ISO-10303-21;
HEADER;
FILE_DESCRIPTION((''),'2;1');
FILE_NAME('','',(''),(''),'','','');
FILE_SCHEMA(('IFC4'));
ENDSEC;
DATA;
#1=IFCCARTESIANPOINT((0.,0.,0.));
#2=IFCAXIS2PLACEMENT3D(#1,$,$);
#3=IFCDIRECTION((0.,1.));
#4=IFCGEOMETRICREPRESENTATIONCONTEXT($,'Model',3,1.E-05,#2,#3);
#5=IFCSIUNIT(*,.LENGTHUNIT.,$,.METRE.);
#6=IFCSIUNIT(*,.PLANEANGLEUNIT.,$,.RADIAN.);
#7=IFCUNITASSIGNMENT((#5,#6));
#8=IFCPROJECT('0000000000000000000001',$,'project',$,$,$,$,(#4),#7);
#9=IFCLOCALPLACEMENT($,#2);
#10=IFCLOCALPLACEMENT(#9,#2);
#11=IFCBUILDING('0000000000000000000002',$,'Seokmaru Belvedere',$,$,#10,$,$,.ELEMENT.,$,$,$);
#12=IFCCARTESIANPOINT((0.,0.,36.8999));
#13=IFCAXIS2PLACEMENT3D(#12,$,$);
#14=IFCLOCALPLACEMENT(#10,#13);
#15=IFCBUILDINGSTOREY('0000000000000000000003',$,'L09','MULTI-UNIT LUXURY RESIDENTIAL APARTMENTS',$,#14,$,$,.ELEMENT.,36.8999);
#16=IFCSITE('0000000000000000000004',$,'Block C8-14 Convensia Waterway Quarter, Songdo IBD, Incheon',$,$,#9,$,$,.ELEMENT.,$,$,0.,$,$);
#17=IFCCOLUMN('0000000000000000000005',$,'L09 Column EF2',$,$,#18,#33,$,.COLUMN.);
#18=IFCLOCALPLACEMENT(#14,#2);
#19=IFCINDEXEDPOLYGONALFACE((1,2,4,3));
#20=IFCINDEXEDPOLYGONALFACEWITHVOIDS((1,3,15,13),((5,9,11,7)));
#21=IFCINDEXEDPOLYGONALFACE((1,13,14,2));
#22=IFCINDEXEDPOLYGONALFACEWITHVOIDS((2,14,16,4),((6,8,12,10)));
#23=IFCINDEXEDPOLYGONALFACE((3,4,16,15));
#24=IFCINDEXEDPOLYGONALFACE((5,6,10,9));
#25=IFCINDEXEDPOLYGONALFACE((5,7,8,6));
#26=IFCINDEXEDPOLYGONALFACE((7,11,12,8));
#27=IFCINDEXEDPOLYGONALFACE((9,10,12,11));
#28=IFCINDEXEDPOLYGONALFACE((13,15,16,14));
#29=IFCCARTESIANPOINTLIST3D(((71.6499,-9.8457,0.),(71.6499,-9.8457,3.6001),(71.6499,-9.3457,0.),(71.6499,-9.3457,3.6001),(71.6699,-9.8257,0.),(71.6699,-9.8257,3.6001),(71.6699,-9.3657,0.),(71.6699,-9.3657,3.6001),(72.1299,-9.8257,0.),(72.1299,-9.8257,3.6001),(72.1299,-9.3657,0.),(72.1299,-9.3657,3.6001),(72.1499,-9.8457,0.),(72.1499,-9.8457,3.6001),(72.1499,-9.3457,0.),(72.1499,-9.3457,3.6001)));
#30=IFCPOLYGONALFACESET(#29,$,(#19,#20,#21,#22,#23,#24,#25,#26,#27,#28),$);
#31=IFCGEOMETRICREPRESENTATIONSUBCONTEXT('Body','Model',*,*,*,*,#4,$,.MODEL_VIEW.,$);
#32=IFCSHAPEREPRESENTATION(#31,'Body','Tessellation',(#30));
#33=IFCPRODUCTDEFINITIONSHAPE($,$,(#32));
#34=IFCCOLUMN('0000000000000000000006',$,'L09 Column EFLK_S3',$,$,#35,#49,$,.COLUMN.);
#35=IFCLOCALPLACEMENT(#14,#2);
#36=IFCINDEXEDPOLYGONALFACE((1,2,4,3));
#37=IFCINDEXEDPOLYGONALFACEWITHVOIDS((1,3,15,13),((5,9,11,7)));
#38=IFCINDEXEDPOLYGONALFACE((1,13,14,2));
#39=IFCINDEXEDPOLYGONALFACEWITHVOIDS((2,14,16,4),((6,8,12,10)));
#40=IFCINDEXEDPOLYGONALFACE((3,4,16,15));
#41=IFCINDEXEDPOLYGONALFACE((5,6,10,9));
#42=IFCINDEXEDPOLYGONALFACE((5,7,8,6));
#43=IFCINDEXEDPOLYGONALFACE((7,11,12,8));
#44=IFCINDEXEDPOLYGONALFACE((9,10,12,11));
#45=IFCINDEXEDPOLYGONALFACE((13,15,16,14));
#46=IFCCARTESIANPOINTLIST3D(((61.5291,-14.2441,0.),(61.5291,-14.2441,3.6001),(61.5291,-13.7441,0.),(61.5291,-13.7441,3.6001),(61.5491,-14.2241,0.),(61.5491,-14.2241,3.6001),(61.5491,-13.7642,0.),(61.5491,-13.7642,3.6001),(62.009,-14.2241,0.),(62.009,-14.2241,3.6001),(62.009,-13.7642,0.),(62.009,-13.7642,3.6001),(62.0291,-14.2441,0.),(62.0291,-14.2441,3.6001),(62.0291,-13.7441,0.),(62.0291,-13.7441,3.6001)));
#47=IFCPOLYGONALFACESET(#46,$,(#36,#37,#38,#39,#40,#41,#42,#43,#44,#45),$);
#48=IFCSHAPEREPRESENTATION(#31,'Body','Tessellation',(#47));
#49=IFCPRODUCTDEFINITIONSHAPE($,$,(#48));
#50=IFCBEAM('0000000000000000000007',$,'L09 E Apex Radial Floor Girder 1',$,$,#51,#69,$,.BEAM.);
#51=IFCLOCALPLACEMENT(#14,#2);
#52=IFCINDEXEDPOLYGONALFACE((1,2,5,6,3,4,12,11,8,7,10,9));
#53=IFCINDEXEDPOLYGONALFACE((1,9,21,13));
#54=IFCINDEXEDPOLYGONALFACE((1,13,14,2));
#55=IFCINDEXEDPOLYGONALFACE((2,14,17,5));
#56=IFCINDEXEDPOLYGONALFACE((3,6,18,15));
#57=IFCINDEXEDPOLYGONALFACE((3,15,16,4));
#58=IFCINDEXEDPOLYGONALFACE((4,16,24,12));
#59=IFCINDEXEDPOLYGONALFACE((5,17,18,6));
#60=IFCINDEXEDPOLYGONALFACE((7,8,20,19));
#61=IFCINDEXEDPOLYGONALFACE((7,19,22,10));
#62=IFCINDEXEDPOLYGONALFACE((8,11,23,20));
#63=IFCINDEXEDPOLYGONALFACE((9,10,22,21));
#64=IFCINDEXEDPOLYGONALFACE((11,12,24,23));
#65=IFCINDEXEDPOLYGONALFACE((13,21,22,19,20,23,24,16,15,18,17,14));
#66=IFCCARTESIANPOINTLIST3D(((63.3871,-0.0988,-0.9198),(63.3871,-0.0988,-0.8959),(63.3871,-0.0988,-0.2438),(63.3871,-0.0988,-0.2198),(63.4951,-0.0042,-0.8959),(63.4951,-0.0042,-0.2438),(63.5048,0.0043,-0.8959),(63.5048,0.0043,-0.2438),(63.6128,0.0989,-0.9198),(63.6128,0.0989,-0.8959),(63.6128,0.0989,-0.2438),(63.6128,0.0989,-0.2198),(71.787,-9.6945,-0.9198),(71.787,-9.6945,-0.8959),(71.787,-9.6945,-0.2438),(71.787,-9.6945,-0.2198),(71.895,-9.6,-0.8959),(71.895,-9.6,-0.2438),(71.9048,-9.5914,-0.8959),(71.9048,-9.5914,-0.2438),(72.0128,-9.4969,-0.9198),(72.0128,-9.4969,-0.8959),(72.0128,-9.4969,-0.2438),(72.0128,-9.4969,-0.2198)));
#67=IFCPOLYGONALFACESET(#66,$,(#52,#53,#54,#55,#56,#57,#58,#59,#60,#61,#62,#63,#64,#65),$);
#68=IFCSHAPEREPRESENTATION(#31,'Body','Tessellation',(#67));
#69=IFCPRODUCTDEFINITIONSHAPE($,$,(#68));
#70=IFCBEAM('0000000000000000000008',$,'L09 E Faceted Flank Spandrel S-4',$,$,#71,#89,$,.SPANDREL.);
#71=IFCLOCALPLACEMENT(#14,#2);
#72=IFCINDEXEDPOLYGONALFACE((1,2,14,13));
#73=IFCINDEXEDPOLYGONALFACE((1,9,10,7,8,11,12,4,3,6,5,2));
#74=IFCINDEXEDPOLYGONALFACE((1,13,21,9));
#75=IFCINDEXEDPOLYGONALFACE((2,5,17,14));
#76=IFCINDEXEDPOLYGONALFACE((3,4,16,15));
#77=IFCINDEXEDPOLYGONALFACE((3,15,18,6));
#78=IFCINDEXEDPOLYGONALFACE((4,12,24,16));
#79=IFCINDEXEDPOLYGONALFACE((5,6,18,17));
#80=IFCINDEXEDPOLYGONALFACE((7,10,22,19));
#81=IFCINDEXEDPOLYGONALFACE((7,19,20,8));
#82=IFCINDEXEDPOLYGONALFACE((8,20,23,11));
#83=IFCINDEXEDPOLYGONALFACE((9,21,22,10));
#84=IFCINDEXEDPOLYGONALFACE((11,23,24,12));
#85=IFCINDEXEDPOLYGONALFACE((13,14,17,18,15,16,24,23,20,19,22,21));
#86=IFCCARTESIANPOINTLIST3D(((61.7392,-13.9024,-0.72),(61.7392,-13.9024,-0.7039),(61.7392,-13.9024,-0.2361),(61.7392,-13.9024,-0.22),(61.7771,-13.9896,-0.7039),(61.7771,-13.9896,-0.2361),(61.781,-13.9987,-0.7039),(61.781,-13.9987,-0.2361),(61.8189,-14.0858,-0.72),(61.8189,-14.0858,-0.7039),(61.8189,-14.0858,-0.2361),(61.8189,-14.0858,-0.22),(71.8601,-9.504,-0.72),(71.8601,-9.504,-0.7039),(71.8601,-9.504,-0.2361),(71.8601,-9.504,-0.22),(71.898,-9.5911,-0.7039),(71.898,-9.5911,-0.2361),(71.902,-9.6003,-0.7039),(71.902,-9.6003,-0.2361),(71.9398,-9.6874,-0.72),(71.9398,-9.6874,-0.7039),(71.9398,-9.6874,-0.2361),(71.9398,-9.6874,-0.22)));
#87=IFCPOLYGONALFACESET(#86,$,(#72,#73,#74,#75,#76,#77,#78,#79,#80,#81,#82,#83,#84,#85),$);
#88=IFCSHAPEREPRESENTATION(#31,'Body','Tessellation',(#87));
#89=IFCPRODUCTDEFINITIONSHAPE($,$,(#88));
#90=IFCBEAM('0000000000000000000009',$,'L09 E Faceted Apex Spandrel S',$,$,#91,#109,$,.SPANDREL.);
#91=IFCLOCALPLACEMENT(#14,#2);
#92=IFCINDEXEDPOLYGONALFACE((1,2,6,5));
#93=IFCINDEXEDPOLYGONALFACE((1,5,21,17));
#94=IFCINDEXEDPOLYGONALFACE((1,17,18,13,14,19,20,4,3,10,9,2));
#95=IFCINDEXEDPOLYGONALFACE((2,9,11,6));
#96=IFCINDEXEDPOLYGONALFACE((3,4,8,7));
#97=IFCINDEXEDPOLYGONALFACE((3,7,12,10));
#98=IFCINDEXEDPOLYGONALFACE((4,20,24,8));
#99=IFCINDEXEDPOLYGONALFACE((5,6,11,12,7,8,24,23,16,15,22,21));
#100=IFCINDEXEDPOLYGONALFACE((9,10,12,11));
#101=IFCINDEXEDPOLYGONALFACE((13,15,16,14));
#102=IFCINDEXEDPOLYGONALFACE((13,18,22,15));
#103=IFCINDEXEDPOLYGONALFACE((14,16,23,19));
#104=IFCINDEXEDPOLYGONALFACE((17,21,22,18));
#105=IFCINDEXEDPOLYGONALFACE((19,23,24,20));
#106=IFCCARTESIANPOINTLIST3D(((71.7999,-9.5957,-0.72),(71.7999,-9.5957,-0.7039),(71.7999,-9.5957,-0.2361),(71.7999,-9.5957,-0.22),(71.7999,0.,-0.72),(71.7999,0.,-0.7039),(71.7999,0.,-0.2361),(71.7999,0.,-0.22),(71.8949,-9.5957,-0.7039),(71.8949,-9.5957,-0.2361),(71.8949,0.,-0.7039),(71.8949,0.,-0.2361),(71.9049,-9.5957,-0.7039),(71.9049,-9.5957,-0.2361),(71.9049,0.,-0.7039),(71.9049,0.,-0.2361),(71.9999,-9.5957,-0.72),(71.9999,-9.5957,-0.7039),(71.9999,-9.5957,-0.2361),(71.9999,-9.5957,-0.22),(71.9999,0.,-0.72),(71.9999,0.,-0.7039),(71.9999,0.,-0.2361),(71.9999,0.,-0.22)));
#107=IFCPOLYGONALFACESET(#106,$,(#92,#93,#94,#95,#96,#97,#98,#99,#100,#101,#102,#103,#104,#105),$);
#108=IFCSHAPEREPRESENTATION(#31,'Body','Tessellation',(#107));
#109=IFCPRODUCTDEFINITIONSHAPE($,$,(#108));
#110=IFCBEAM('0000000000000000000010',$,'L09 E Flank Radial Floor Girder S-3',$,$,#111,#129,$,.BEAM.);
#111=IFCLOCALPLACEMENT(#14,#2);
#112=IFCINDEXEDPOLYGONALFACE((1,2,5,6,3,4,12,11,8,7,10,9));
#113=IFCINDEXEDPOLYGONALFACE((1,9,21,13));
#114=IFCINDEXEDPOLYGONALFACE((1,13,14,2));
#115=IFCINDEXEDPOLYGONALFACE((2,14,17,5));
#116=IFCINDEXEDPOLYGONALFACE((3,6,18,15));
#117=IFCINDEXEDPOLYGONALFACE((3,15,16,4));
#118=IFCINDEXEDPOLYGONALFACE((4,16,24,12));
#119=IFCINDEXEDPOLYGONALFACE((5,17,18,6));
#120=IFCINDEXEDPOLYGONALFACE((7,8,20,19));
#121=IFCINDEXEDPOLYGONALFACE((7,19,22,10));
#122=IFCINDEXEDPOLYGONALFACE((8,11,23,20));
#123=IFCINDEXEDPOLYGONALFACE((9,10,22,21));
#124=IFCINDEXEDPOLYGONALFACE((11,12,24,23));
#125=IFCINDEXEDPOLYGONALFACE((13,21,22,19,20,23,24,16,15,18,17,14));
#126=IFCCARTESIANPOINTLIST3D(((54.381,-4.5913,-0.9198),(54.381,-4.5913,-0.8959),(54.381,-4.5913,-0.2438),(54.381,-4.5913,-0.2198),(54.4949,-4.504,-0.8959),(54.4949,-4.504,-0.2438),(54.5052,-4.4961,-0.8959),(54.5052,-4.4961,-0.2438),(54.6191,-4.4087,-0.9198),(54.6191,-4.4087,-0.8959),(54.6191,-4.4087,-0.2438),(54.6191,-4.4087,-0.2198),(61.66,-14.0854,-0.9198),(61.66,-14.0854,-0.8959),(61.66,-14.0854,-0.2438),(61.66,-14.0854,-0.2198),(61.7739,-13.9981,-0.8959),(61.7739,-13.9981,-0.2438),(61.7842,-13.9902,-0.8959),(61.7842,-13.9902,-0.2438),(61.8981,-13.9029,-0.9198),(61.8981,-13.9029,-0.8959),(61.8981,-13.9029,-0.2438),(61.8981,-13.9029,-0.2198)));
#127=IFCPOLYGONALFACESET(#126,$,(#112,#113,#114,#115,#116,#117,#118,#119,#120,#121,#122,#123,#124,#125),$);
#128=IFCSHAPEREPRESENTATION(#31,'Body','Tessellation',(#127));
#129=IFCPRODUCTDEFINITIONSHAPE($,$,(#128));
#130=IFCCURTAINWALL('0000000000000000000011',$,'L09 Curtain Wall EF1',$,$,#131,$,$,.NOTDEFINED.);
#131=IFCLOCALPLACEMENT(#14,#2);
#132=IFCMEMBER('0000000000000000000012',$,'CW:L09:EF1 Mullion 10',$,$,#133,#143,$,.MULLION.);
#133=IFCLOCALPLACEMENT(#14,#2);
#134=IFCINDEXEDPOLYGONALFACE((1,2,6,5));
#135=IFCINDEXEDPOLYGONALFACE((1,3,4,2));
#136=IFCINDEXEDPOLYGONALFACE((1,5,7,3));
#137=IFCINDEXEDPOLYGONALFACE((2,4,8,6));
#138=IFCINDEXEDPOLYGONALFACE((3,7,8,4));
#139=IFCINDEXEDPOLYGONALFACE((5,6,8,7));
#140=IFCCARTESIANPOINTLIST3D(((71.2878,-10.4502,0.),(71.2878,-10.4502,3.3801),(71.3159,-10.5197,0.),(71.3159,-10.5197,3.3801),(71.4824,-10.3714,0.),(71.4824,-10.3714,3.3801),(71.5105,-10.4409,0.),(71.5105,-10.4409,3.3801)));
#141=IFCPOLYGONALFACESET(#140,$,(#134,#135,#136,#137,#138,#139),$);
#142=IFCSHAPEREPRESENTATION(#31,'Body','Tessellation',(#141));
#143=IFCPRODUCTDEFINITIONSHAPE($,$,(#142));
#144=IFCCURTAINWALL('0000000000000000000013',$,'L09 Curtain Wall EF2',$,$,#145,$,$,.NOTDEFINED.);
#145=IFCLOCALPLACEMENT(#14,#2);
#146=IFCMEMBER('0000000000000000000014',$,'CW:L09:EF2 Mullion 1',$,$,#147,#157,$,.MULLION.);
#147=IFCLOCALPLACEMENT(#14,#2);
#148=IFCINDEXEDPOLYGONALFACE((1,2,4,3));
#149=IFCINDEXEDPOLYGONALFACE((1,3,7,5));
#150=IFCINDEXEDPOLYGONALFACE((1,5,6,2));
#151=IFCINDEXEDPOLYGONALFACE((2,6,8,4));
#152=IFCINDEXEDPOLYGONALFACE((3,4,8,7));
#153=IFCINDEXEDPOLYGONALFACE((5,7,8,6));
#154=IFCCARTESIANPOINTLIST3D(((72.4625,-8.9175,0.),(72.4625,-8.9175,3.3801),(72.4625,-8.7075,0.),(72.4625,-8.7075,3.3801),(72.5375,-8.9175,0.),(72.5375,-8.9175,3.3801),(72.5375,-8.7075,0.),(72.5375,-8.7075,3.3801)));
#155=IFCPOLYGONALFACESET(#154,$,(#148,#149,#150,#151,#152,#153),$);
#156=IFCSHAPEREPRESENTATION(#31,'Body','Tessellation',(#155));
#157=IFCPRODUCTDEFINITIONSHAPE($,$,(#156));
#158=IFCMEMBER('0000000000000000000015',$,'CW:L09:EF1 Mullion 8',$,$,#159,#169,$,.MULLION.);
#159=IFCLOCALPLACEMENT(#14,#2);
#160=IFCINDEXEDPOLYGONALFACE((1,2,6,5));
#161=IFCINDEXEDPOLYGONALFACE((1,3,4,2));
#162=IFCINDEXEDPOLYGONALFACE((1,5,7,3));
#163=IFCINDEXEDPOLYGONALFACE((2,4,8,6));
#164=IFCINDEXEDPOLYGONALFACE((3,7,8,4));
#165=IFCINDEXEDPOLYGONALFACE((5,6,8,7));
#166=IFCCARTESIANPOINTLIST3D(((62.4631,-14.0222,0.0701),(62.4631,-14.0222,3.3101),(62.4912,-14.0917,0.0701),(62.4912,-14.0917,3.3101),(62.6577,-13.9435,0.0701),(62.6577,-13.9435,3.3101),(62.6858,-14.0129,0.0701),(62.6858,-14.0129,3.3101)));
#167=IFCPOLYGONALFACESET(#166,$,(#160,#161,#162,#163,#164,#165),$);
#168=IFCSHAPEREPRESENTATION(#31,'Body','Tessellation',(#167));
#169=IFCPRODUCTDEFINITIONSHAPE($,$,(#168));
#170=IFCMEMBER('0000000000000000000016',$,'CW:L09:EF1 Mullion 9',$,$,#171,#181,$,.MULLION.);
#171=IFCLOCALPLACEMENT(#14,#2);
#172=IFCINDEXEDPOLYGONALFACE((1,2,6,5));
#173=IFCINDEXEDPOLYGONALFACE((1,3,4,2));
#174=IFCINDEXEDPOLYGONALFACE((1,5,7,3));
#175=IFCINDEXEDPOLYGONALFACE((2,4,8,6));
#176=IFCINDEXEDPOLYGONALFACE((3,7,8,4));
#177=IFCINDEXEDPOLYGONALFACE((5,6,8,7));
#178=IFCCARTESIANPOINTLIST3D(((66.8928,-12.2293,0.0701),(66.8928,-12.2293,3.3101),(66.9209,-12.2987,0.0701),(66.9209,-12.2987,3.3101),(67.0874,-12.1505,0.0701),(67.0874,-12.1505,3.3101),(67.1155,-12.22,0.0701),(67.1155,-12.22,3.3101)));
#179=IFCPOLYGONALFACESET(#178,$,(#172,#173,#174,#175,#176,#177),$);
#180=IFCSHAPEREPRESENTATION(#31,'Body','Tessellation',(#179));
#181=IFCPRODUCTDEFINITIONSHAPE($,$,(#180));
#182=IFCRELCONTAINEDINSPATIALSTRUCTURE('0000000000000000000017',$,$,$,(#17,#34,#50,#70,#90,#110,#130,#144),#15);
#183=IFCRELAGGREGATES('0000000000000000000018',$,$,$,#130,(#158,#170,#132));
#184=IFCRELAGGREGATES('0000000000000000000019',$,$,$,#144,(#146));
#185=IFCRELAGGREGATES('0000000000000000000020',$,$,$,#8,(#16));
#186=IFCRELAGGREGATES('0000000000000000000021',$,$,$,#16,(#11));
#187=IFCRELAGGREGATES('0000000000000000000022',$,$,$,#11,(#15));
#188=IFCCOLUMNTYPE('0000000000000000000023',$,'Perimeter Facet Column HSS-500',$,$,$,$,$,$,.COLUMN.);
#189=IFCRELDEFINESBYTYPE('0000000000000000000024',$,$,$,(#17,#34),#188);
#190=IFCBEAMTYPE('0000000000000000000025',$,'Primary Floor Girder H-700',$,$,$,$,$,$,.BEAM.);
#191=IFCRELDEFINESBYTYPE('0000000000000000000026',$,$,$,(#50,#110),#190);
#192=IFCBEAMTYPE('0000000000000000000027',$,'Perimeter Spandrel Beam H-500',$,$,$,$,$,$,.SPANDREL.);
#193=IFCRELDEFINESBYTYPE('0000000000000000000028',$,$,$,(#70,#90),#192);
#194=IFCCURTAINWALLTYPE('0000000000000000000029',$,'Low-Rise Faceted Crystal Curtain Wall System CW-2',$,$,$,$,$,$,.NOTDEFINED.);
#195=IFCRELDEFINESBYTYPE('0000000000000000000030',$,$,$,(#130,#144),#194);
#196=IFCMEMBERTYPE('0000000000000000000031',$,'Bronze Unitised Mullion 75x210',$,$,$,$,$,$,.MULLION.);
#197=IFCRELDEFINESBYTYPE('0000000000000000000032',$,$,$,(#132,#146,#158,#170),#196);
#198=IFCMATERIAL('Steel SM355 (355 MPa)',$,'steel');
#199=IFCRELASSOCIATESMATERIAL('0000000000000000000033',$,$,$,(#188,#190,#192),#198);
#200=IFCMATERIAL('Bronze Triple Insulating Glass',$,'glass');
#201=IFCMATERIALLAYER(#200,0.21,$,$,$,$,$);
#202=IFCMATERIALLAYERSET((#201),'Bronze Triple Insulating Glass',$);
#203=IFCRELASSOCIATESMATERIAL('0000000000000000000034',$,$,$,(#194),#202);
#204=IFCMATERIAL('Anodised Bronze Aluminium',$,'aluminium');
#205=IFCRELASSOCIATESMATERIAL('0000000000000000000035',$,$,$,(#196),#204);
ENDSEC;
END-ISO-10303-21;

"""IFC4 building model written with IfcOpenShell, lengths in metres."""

from ifc_helpers import new_model, si_unit, direction, frame, origin, origin_2d, place, context, subcontext, project, spatial, rectangle, hollow_rectangle, i_section, extrude, source, transform, mapped, material, layer, layer_set, material_profile, profile_set, type_object, type_shapes, element, aggregate, save


model = new_model("IFC4")

# Units and contexts
model_context = context("Model", 3, precision=1e-05, world=origin(), true_north=direction((0.0, 1.0)))
body_context = subcontext(model_context, "Body", "Model", "MODEL_VIEW")
ifc_project = project(units=[si_unit("LENGTHUNIT", "METRE"), si_unit("PLANEANGLEUNIT", "RADIAN")], contexts=[model_context])

# Site, building, storey
site_placement = place(None, origin())
site = spatial("IfcSite", under=ifc_project, at=site_placement, Name="Block C8-14 Convensia Waterway Quarter, Songdo IBD, Incheon", CompositionType="ELEMENT", RefElevation=0.0)
building_placement = place(site_placement, origin())
building = spatial("IfcBuilding", under=site, at=building_placement, Name="Seokmaru Belvedere", CompositionType="ELEMENT")
storey_placement = place(building_placement, frame((0.0, 0.0, 36.8999)))
storey = spatial("IfcBuildingStorey", under=building, at=storey_placement, Name="L09", Description="MULTI-UNIT LUXURY RESIDENTIAL APARTMENTS", CompositionType="ELEMENT", Elevation=36.8999)

# Columns
ifc_material_1 = material(Name="Steel SM355 (355 MPa)", Category="steel")
ifc_material_profile_1 = material_profile(ifc_material_1, hollow_rectangle(XDim=0.5, YDim=0.5, WallThickness=0.02, at=origin_2d()), Name="HSS-500x500x20")
ifc_profile_set_1 = profile_set([ifc_material_profile_1], Name="Steel SM355 (355 MPa)")
column_type = type_object("IfcColumnType", Name="Perimeter Facet Column HSS-500", PredefinedType="COLUMN", material=ifc_profile_set_1)
shared_shape_1 = source(origin(), body_context, "Body", "SweptSolid", [
    extrude(hollow_rectangle(XDim=0.5, YDim=0.5, WallThickness=0.02, at=origin_2d()), origin(), (0.0, 0.0, 1.0), 3.6001),
])
type_shapes(column_type, [shared_shape_1])
for number, where, z_axis, x_axis, name in (
    (1, (71.8999, -9.5957, 0.0), (0.0, 0.0, 1.0), (1.0, 0.0, 0.0), "L09 Column EF2"),
    (2, (61.7791, -13.9941, 0.0), (0.0, 0.0, 1.0), (1.0, 0.0, 0.0), "L09 Column EFLK_S3"),
):
    element("IfcColumn", number, at=place(storey_placement, frame(where, z_axis=z_axis, x_axis=x_axis)), inside=storey, type_object=column_type, Name=name, PredefinedType="COLUMN", context=body_context, shape_type="MappedRepresentation", body=[
        mapped(shared_shape_1, transform((0.0, 0.0, 0.0), scale=1.0)),
    ])

# Beams
ifc_material_profile_2 = material_profile(ifc_material_1, i_section(OverallWidth=0.3, OverallDepth=0.7, WebThickness=0.0129, FlangeThickness=0.0239, at=origin_2d()), Name="H-700x300x13x24")
ifc_profile_set_2 = profile_set([ifc_material_profile_2], Name="Steel SM355 (355 MPa)")
beam_type_1 = type_object("IfcBeamType", Name="Primary Floor Girder H-700", PredefinedType="BEAM", material=ifc_profile_set_2)
shared_shape_2 = source(origin(), body_context, "Body", "SweptSolid", [
    extrude(i_section(OverallWidth=0.3, OverallDepth=0.7, WebThickness=0.0129, FlangeThickness=0.0239, at=origin_2d()), origin(), (0.0, 0.0, 1.0), 12.7529),
])
beam_1_placement = place(storey_placement, frame((71.8999, -9.5957, -0.5698), z_axis=(-0.658667, 0.752434, 0.0), x_axis=(-0.752434, -0.658667, 0.0)))
element("IfcBeam", 3, at=beam_1_placement, inside=storey, type_object=beam_type_1, Name="L09 E Apex Radial Floor Girder 1", PredefinedType="BEAM", context=body_context, shape_type="MappedRepresentation", body=[
    mapped(shared_shape_2, transform((0.0, 0.0, 0.0), scale=1.0)),
])
ifc_material_profile_3 = material_profile(ifc_material_1, i_section(OverallWidth=0.2, OverallDepth=0.5, WebThickness=0.01, FlangeThickness=0.0161, at=origin_2d()), Name="H-500x200x10x16")
ifc_profile_set_3 = profile_set([ifc_material_profile_3], Name="Steel SM355 (355 MPa)")
beam_type_2 = type_object("IfcBeamType", Name="Perimeter Spandrel Beam H-500", PredefinedType="SPANDREL", material=ifc_profile_set_3)
shared_shape_3 = source(origin(), body_context, "Body", "SweptSolid", [
    extrude(i_section(OverallWidth=0.2, OverallDepth=0.5, WebThickness=0.01, FlangeThickness=0.0161, at=origin_2d()), origin(), (0.0, 0.0, 1.0), 11.0354),
])
beam_2_placement = place(storey_placement, frame((61.7791, -13.9941, -0.47), z_axis=(0.917134, 0.398579, 0.0), x_axis=(-0.398579, 0.917134, 0.0)))
element("IfcBeam", 4, at=beam_2_placement, inside=storey, type_object=beam_type_2, Name="L09 E Faceted Flank Spandrel S-4", PredefinedType="SPANDREL", context=body_context, shape_type="MappedRepresentation", body=[
    mapped(shared_shape_3, transform((0.0, 0.0, 0.0), scale=1.0)),
])
shared_shape_4 = source(origin(), body_context, "Body", "SweptSolid", [
    extrude(i_section(OverallWidth=0.2, OverallDepth=0.5, WebThickness=0.01, FlangeThickness=0.0161, at=origin_2d()), origin(), (0.0, 0.0, 1.0), 9.5957),
])
type_shapes(beam_type_2, [shared_shape_3, shared_shape_4])
beam_3_placement = place(storey_placement, frame((71.8999, -9.5957, -0.47), z_axis=(0.0, 1.0, 0.0), x_axis=(-1.0, 0.0, 0.0)))
element("IfcBeam", 5, at=beam_3_placement, inside=storey, type_object=beam_type_2, Name="L09 E Faceted Apex Spandrel S", PredefinedType="SPANDREL", context=body_context, shape_type="MappedRepresentation", body=[
    mapped(shared_shape_4, transform((0.0, 0.0, 0.0), scale=1.0)),
])
shared_shape_5 = source(origin(), body_context, "Body", "SweptSolid", [
    extrude(i_section(OverallWidth=0.3, OverallDepth=0.7, WebThickness=0.0129, FlangeThickness=0.0239, at=origin_2d()), origin(), (0.0, 0.0, 1.0), 11.9634),
])
type_shapes(beam_type_1, [shared_shape_2, shared_shape_5])
beam_4_placement = place(storey_placement, frame((61.7791, -13.9941, -0.5698), z_axis=(-0.608443, 0.793598, 0.0), x_axis=(-0.793598, -0.608443, 0.0)))
element("IfcBeam", 6, at=beam_4_placement, inside=storey, type_object=beam_type_1, Name="L09 E Flank Radial Floor Girder S-3", PredefinedType="BEAM", context=body_context, shape_type="MappedRepresentation", body=[
    mapped(shared_shape_5, transform((0.0, 0.0, 0.0), scale=1.0)),
])

# Curtain walls, members
ifc_material_2 = material(Name="Bronze Triple Insulating Glass", Category="glass")
ifc_layer_1 = layer(ifc_material_2, 0.21)
ifc_layer_set_1 = layer_set([ifc_layer_1], Name="Bronze Triple Insulating Glass")
curtain_wall_type = type_object("IfcCurtainWallType", Name="Low-Rise Faceted Crystal Curtain Wall System CW-2", PredefinedType="NOTDEFINED", material=ifc_layer_set_1)
curtain_wall_1_placement = place(storey_placement, origin())
curtain_wall_1 = element("IfcCurtainWall", 7, at=curtain_wall_1_placement, inside=storey, type_object=curtain_wall_type, Name="L09 Curtain Wall EF1", PredefinedType="NOTDEFINED")
ifc_material_3 = material(Name="Anodised Bronze Aluminium", Category="aluminium")
ifc_material_profile_4 = material_profile(ifc_material_3, rectangle(XDim=0.075, YDim=0.21, at=origin_2d()), Name="CW-M-75x210")
ifc_profile_set_4 = profile_set([ifc_material_profile_4], Name="Anodised Bronze Aluminium")
member_type_1 = type_object("IfcMemberType", Name="Bronze Unitised Mullion 75x210", PredefinedType="MULLION", material=ifc_profile_set_4)
shared_shape_6 = source(origin(), body_context, "Body", "SweptSolid", [
    extrude(rectangle(XDim=0.075, YDim=0.21, at=origin_2d()), origin(), (0.0, 0.0, 1.0), 3.3801),
])
member_1_placement = place(storey_placement, frame((71.3992, -10.4456, 0.0), z_axis=(0.0, 0.0, 1.0), x_axis=(-0.375192, 0.926947, 0.0)))
member_1 = element("IfcMember", 8, at=member_1_placement, type_object=member_type_1, Name="CW:L09:EF1 Mullion 10", PredefinedType="MULLION", context=body_context, shape_type="MappedRepresentation", body=[
    mapped(shared_shape_6, transform((0.0, 0.0, 0.0), scale=1.0)),
])
curtain_wall_2_placement = place(storey_placement, origin())
curtain_wall_2 = element("IfcCurtainWall", 9, at=curtain_wall_2_placement, inside=storey, type_object=curtain_wall_type, Name="L09 Curtain Wall EF2", PredefinedType="NOTDEFINED")
member_2_placement = place(storey_placement, frame((72.5, -8.8125, 0.0), z_axis=(0.0, 0.0, 1.0), x_axis=(-1.0, 0.0, 0.0)))
member_2 = element("IfcMember", 10, at=member_2_placement, type_object=member_type_1, Name="CW:L09:EF2 Mullion 1", PredefinedType="MULLION", context=body_context, shape_type="MappedRepresentation", body=[
    mapped(shared_shape_6, transform((0.0, 0.0, 0.0), scale=1.0)),
])

# Members
shared_shape_7 = source(origin(), body_context, "Body", "SweptSolid", [
    extrude(rectangle(XDim=0.075, YDim=0.21, at=origin_2d()), origin(), (0.0, 0.0, 1.0), 3.24),
])
type_shapes(member_type_1, [shared_shape_6, shared_shape_7])
member_3_placement = place(storey_placement, frame((62.5745, -14.0176, 0.0701), z_axis=(0.0, 0.0, 1.0), x_axis=(-0.375192, 0.926947, 0.0)))
member_3 = element("IfcMember", 11, at=member_3_placement, type_object=member_type_1, Name="CW:L09:EF1 Mullion 8", PredefinedType="MULLION", context=body_context, shape_type="MappedRepresentation", body=[
    mapped(shared_shape_7, transform((0.0, 0.0, 0.0), scale=1.0)),
])
member_4_placement = place(storey_placement, frame((67.0042, -12.2246, 0.0701), z_axis=(0.0, 0.0, 1.0), x_axis=(-0.375192, 0.926947, 0.0)))
member_4 = element("IfcMember", 12, at=member_4_placement, type_object=member_type_1, Name="CW:L09:EF1 Mullion 9", PredefinedType="MULLION", context=body_context, shape_type="MappedRepresentation", body=[
    mapped(shared_shape_7, transform((0.0, 0.0, 0.0), scale=1.0)),
])

aggregate(curtain_wall_1, [member_3, member_4, member_1])
aggregate(curtain_wall_2, [member_2])

save(model, "model.ifc")
